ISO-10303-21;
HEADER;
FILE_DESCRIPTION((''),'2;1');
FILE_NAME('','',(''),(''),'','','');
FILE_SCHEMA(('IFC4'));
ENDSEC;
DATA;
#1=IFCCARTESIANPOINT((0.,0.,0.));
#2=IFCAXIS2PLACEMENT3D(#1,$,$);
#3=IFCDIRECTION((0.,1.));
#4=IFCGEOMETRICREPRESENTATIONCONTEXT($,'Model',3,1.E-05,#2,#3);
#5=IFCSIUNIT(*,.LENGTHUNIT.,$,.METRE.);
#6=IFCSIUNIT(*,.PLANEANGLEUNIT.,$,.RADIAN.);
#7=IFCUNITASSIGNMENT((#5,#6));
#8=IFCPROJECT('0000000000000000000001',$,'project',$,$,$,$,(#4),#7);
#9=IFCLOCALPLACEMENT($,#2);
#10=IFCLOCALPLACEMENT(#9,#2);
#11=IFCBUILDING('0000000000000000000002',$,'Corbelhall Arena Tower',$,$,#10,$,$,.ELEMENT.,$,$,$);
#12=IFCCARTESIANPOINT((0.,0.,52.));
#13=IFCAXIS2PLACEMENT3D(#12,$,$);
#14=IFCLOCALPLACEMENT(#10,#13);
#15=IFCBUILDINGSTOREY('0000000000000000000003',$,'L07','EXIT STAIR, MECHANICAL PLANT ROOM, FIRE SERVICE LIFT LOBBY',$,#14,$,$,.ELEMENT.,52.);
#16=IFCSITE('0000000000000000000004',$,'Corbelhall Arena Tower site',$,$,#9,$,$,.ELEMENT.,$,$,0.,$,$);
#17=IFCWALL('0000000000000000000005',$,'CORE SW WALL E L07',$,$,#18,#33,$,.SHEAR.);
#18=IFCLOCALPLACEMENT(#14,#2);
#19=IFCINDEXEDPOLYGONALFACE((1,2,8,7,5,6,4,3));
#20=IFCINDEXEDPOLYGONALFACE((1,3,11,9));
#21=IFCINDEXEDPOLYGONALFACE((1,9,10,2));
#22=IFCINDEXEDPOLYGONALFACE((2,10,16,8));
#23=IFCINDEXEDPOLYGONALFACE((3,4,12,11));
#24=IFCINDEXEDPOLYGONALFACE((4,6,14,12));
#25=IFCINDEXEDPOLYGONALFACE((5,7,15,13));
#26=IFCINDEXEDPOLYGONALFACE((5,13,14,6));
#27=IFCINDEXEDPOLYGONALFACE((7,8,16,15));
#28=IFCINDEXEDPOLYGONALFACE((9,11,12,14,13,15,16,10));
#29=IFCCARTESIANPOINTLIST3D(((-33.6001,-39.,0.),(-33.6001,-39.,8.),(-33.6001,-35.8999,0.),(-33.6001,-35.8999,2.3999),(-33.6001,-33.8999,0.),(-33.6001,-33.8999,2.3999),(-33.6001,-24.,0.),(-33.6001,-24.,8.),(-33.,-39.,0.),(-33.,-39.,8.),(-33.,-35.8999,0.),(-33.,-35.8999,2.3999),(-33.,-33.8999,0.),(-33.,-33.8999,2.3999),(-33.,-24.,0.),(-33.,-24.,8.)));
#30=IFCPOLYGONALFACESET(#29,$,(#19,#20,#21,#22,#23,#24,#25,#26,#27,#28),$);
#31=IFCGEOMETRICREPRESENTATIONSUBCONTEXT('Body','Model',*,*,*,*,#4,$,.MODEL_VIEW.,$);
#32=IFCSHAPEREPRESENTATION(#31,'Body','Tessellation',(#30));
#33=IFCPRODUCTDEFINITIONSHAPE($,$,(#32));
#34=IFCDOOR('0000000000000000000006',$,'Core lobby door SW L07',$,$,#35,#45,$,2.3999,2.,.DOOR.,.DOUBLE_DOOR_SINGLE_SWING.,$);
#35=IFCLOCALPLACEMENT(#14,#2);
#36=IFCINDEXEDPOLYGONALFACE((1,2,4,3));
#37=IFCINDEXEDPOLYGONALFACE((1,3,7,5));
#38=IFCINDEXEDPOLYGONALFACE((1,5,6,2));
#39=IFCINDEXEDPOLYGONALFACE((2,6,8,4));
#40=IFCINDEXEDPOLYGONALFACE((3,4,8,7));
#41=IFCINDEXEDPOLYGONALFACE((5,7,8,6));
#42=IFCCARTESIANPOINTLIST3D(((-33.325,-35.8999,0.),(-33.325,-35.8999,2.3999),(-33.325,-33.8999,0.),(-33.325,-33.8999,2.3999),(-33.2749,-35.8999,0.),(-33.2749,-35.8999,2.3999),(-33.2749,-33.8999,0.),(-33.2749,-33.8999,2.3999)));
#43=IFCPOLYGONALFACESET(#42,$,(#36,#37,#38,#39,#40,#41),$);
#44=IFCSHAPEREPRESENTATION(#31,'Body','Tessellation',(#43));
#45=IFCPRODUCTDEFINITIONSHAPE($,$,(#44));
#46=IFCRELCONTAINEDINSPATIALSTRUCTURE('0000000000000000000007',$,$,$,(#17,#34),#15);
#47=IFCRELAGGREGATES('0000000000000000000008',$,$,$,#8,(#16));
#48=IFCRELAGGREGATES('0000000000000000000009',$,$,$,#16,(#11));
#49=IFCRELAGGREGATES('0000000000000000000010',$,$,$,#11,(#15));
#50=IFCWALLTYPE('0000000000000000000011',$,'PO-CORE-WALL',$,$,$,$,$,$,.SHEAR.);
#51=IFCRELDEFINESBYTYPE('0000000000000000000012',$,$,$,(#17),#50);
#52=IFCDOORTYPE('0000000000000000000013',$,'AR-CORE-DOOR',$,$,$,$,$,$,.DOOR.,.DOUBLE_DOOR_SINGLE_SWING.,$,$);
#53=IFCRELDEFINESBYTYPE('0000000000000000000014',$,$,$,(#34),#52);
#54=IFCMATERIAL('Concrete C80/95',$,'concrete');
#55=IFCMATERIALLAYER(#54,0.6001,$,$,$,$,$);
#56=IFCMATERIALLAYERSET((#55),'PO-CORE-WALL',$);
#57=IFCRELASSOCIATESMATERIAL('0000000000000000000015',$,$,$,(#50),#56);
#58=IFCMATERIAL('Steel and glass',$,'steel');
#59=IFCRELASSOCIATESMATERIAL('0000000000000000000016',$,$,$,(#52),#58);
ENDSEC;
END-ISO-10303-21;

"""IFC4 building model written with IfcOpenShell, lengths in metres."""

from ifc_helpers import new_model, si_unit, direction, frame, frame_2d, origin, place, context, subcontext, project, spatial, rectangle, extrude, material, layer, layer_set, type_object, element, fill, save


model = new_model("IFC4")

# Units and contexts
model_context = context("Model", 3, precision=1e-05, world=origin(), true_north=direction((0.0, 1.0)))
body_context = subcontext(model_context, "Body", "Model", "MODEL_VIEW")
ifc_project = project(units=[si_unit("LENGTHUNIT", "METRE"), si_unit("PLANEANGLEUNIT", "RADIAN")], contexts=[model_context])

# Site, building, storey
site_placement = place(None, origin())
site = spatial("IfcSite", under=ifc_project, at=site_placement, Name="Corbelhall Arena Tower site", CompositionType="ELEMENT", RefElevation=0.0)
building_placement = place(site_placement, origin())
building = spatial("IfcBuilding", under=site, at=building_placement, Name="Corbelhall Arena Tower", CompositionType="ELEMENT")
storey_placement = place(building_placement, frame((0.0, 0.0, 52.0)))
storey = spatial("IfcBuildingStorey", under=building, at=storey_placement, Name="L07", Description="EXIT STAIR, MECHANICAL PLANT ROOM, FIRE SERVICE LIFT LOBBY", CompositionType="ELEMENT", Elevation=52.0)

# Wall, opening, door
ifc_material_1 = material(Name="Concrete C80/95", Category="concrete")
ifc_layer_1 = layer(ifc_material_1, 0.6001)
ifc_layer_set_1 = layer_set([ifc_layer_1], Name="PO-CORE-WALL")
wall_type_1 = type_object("IfcWallType", Name="PO-CORE-WALL", PredefinedType="SHEAR", material=ifc_layer_set_1)
wall_1_placement = place(storey_placement, frame((-33.3, -39.0, 0.0), z_axis=(0.0, 0.0, 1.0), x_axis=(0.0, 1.0, 0.0)))
wall_1 = element("IfcWall", 1, at=wall_1_placement, inside=storey, type_object=wall_type_1, Name="CORE SW WALL E L07", PredefinedType="SHEAR", context=body_context, shape_type="SweptSolid", body=[
    extrude(rectangle(XDim=15.0, YDim=0.6001, at=frame_2d((7.5, 0.0))), origin(), (0.0, 0.0, 1.0), 8.0),
])
opening_1_placement = place(wall_1_placement, frame((3.1001, 0.0, 0.0)))
opening_1 = element("IfcOpeningElement", 2, at=opening_1_placement, cuts=wall_1, PredefinedType="OPENING", context=body_context, shape_type="SweptSolid", body=[
    extrude(rectangle(XDim=2.0, YDim=2.3999, at=frame_2d((1.0, 1.2))), frame((0.0, 0.3, 0.0), z_axis=(0.0, -1.0, 0.0), x_axis=(1.0, 0.0, 0.0)), (0.0, 0.0, 1.0), 0.6001),
])
ifc_material_2 = material(Name="Steel and glass", Category="steel")
door_type_1 = type_object("IfcDoorType", Name="AR-CORE-DOOR", OperationType="DOUBLE_DOOR_SINGLE_SWING", PredefinedType="DOOR", material=ifc_material_2)
door_1_placement = place(opening_1_placement, origin())
door_1 = element("IfcDoor", 3, at=door_1_placement, inside=storey, type_object=door_type_1, Name="Core lobby door SW L07", OperationType="DOUBLE_DOOR_SINGLE_SWING", OverallHeight=2.3999, OverallWidth=2.0, PredefinedType="DOOR", context=body_context, shape_type="SweptSolid", body=[
    extrude(rectangle(XDim=2.0, YDim=2.3999, at=frame_2d((1.0, 1.2))), frame((0.0, 0.0249, 0.0), z_axis=(0.0, -1.0, 0.0), x_axis=(1.0, 0.0, 0.0)), (0.0, 0.0, 1.0), 0.05),
])
fill(opening_1, door_1)

save(model, "model.ifc")
